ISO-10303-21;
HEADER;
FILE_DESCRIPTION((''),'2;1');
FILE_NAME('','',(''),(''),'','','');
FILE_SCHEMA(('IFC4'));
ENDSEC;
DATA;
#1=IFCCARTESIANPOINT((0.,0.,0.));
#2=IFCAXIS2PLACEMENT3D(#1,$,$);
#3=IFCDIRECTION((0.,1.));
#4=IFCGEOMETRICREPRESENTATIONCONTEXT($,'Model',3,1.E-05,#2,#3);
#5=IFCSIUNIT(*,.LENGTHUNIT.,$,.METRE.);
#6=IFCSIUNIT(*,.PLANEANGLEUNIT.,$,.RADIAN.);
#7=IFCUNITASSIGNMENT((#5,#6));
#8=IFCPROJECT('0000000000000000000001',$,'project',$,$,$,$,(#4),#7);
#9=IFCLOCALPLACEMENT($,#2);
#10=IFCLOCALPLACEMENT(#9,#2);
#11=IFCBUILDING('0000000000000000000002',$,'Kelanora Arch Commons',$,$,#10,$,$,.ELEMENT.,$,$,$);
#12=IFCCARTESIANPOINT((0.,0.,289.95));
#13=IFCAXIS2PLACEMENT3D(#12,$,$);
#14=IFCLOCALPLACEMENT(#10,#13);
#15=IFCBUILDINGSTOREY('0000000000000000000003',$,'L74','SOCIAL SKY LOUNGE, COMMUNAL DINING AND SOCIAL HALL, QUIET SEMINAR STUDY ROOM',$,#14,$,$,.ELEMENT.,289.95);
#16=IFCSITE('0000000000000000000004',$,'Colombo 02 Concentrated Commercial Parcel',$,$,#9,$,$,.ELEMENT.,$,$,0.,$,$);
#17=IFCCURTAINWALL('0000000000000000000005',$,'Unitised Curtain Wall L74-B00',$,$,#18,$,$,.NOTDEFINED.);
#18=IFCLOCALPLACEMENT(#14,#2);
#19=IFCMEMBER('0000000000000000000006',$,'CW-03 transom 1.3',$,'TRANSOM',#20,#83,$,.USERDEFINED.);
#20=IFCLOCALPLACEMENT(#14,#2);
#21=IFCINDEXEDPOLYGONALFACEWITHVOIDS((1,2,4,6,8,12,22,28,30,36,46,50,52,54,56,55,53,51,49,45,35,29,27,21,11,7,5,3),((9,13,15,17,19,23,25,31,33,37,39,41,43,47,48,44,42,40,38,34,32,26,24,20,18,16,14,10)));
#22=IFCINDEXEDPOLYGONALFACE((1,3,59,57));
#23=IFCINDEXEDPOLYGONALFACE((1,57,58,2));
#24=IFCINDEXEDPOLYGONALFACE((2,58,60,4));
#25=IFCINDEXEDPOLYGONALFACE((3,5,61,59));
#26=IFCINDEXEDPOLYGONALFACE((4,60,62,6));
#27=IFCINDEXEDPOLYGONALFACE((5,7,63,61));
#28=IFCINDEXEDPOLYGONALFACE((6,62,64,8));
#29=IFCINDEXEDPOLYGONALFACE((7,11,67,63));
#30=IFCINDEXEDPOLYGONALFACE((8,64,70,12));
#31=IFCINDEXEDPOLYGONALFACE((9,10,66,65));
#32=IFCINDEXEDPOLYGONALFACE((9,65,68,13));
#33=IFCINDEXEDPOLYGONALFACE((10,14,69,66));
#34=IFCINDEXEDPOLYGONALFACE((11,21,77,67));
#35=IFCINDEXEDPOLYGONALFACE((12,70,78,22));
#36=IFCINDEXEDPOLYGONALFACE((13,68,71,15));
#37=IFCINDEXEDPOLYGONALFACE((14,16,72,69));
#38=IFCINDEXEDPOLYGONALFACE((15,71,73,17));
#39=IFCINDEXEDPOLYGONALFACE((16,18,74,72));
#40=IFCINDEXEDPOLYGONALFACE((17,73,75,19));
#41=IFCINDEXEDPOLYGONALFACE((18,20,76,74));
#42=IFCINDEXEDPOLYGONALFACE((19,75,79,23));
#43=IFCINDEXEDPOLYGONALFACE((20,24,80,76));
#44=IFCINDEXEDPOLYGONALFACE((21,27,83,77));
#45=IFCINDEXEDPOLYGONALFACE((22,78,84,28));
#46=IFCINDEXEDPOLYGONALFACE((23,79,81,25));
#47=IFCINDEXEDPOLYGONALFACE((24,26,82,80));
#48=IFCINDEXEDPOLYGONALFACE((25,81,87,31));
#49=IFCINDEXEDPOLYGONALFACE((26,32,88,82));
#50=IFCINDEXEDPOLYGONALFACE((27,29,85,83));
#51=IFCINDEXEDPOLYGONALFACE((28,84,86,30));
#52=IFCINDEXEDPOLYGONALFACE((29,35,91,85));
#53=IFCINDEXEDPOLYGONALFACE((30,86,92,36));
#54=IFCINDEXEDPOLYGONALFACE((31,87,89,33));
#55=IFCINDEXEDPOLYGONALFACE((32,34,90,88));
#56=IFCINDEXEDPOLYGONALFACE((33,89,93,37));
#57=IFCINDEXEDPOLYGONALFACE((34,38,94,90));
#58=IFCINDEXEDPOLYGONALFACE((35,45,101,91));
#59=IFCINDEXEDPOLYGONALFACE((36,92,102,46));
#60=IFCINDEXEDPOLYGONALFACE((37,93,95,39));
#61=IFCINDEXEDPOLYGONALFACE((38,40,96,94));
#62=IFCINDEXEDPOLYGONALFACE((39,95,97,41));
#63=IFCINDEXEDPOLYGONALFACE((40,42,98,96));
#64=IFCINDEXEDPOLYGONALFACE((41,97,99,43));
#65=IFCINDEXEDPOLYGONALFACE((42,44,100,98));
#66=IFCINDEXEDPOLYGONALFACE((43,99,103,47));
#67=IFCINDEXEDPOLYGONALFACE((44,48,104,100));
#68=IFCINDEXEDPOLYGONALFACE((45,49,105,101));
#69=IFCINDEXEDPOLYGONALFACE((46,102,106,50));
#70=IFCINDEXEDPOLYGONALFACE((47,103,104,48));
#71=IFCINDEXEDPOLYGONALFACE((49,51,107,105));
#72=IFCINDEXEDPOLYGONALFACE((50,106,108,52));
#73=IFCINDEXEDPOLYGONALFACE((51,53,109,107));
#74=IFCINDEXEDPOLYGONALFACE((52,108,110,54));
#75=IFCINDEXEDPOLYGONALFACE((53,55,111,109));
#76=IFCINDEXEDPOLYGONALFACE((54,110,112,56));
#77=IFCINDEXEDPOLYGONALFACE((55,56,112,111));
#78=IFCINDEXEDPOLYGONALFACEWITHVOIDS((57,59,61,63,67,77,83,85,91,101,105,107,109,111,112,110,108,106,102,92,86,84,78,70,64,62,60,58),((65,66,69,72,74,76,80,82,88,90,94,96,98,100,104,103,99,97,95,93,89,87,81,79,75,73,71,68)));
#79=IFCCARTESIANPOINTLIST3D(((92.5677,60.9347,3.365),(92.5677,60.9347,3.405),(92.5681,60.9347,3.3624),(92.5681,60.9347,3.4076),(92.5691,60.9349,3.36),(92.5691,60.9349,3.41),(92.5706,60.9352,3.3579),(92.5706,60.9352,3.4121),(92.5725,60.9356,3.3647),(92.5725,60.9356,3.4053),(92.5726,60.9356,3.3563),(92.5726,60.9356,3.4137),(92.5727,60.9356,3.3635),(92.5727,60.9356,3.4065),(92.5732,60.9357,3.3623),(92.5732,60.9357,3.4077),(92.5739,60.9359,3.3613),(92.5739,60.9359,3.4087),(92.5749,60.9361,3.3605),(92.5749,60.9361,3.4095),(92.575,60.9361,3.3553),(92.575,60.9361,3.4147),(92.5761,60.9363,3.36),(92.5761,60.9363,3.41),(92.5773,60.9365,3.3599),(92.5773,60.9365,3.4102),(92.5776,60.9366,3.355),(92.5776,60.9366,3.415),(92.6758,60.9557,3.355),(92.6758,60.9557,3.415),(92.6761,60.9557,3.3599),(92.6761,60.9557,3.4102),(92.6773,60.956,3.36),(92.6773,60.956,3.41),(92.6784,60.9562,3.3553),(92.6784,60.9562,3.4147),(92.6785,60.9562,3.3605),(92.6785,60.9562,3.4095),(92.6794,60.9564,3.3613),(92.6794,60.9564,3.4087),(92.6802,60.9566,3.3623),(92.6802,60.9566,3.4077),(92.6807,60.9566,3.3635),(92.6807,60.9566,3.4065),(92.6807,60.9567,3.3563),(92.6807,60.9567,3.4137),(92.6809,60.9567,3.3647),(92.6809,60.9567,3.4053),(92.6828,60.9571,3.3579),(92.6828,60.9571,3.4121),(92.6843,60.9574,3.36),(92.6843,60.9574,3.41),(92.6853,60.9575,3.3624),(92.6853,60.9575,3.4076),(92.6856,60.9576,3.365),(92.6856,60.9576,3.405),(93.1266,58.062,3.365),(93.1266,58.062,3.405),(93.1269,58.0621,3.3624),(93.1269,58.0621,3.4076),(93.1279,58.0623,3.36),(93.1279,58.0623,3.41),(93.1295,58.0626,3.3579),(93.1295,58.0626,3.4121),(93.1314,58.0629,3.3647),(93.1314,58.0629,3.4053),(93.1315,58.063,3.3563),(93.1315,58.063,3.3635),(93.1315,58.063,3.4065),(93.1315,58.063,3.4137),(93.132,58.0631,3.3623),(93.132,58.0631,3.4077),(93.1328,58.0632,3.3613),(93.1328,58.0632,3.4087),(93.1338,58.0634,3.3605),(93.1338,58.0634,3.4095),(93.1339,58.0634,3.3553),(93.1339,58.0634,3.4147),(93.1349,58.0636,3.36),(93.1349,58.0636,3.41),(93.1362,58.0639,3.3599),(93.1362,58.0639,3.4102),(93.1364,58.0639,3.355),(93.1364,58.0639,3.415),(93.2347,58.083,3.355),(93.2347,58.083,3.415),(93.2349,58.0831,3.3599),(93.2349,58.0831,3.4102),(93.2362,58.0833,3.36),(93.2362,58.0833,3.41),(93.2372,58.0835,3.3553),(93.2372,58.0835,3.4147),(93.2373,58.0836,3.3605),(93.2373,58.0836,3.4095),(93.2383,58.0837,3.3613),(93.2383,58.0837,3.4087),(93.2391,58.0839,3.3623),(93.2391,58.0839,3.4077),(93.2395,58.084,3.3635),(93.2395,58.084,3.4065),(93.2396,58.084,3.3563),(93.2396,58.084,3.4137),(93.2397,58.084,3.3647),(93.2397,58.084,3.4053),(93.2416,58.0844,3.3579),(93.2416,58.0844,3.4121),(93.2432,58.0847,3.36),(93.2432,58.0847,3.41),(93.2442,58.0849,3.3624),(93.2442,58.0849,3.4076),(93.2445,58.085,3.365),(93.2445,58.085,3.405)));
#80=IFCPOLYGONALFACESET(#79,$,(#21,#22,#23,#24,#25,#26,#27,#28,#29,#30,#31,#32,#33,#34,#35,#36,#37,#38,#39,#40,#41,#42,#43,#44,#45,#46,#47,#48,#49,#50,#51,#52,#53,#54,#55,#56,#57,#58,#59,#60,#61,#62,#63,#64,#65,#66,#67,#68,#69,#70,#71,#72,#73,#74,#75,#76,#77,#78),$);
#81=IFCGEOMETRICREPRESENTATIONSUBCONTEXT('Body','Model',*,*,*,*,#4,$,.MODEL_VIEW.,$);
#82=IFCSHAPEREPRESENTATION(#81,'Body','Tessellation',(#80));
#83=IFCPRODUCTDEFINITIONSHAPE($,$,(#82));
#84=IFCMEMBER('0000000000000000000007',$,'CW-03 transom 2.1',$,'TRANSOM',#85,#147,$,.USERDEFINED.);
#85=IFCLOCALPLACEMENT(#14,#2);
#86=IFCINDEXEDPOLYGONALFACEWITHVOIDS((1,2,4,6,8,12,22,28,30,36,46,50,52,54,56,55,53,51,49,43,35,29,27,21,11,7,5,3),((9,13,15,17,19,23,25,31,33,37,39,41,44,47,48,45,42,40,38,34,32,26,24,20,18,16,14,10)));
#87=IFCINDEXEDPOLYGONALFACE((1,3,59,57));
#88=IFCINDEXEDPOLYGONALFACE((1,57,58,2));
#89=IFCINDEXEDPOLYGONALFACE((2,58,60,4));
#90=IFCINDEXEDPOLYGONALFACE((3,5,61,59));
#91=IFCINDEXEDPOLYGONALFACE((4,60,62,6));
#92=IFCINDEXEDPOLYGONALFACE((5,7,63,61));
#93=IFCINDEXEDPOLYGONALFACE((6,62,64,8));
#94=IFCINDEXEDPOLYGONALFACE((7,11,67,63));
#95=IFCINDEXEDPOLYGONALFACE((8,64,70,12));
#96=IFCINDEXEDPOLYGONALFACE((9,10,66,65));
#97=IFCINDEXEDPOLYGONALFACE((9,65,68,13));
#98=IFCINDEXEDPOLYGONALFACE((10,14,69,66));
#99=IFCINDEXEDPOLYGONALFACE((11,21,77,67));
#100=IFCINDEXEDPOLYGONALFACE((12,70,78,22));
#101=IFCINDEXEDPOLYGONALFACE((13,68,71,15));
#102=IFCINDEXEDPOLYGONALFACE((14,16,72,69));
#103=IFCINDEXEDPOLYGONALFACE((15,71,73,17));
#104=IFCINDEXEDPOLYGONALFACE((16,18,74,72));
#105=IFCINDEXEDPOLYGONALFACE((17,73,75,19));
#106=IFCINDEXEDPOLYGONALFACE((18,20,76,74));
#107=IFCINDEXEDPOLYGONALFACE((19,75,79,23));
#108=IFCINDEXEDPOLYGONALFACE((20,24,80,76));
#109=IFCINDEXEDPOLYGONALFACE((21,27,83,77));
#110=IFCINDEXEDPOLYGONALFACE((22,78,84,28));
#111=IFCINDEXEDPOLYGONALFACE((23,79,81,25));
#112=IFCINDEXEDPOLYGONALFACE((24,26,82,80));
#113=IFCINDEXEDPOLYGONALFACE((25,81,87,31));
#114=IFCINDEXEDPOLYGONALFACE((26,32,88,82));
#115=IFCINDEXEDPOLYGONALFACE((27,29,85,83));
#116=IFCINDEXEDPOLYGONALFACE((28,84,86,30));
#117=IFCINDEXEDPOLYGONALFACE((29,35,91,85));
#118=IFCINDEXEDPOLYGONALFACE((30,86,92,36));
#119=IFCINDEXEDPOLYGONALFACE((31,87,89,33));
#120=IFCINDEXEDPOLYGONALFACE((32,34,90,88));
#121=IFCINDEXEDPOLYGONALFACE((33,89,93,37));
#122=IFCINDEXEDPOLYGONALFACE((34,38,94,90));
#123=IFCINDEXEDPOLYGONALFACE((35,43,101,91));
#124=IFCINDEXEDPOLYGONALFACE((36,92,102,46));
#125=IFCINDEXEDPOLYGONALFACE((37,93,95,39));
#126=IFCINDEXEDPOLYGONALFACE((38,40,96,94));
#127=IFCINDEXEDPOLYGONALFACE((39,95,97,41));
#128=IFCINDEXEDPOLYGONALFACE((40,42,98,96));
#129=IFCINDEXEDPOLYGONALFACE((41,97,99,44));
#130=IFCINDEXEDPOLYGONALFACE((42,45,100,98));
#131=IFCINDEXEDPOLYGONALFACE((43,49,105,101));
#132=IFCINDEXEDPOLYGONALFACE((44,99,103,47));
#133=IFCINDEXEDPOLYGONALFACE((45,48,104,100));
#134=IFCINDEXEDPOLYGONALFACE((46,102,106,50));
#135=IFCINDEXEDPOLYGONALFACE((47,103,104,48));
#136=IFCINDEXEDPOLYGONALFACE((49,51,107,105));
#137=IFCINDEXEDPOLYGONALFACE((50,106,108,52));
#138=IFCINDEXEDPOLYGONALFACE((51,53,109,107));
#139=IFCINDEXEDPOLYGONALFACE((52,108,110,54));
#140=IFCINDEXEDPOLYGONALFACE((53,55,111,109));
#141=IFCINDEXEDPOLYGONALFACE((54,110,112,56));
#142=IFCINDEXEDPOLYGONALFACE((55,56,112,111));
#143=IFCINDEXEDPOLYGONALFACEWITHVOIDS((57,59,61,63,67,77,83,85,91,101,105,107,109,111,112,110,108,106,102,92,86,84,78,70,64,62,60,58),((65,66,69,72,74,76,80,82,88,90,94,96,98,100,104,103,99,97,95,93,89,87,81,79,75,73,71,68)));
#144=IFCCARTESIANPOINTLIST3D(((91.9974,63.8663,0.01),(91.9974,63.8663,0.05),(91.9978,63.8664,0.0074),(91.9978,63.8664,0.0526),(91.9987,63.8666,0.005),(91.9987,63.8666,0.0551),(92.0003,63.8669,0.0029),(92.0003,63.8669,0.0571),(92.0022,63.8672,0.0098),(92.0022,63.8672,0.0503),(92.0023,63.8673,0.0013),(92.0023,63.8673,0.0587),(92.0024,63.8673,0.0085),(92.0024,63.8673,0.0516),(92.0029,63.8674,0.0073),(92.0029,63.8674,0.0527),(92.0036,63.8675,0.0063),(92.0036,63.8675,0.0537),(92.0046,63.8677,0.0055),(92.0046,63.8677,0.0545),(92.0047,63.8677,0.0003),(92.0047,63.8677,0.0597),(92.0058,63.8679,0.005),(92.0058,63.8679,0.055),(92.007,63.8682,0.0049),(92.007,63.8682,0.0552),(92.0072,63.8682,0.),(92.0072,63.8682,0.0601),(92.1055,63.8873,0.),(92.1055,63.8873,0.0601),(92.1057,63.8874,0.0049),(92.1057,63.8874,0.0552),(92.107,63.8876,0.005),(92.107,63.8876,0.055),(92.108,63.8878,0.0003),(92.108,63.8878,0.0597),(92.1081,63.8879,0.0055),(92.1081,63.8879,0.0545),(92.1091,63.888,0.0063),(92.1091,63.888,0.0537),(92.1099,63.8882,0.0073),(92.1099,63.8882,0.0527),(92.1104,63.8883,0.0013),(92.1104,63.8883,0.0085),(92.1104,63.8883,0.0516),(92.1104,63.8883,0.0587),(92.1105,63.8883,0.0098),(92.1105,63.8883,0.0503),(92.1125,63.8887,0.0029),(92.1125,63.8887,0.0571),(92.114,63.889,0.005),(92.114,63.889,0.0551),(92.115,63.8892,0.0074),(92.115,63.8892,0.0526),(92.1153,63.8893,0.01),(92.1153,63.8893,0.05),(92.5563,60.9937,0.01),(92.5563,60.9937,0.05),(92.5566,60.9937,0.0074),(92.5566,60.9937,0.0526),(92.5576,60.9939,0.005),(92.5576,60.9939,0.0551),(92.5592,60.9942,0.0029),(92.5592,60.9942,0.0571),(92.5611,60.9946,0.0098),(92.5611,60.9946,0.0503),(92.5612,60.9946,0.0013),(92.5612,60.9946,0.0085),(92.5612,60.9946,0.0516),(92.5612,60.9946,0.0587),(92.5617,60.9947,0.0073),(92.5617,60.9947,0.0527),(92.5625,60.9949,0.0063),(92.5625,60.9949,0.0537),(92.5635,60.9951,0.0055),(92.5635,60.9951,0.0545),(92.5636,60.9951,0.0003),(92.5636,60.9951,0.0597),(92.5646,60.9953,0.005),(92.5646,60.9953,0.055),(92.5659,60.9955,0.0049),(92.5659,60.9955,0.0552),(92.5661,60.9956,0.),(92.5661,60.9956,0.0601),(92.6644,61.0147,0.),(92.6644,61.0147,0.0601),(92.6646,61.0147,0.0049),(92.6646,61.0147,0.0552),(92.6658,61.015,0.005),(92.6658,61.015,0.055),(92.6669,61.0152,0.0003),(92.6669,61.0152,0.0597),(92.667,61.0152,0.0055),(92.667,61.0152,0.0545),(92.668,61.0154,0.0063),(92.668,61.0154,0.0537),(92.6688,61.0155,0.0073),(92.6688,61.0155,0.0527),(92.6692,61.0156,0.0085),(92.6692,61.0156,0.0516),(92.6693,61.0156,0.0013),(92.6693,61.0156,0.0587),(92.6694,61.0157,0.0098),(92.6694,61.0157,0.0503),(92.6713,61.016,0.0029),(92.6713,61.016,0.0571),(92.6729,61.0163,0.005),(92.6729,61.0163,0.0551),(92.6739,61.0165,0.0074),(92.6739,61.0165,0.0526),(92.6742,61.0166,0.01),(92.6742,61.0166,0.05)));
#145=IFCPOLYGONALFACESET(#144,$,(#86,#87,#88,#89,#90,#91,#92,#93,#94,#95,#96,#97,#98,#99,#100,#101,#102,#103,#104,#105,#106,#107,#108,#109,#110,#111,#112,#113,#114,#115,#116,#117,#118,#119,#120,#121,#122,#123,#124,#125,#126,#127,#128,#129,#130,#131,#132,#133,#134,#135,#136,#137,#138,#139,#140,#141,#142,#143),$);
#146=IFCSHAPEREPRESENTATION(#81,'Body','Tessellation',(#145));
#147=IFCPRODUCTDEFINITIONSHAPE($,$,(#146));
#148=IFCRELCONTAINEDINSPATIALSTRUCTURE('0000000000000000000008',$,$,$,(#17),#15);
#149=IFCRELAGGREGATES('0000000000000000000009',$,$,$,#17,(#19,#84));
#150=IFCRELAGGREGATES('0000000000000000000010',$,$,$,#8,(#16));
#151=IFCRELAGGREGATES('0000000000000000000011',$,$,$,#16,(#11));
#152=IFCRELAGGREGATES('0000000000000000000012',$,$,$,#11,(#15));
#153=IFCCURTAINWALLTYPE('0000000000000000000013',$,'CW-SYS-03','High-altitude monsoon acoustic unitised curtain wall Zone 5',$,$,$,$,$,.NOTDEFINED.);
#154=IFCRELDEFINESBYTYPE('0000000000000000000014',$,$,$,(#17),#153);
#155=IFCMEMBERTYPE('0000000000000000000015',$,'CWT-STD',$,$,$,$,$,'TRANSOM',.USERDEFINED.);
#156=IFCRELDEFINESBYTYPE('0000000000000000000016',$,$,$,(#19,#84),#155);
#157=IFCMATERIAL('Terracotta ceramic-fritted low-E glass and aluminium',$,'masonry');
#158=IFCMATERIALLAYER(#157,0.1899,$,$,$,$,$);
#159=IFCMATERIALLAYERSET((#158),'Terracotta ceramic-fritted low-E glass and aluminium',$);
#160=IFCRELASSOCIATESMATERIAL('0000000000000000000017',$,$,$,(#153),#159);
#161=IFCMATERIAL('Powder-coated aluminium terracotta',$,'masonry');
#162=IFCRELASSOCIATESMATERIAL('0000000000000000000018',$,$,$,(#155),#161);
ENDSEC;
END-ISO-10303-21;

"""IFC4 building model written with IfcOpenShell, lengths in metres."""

from ifc_helpers import new_model, si_unit, direction, frame, origin, origin_2d, place, context, subcontext, project, spatial, hollow_rectangle, extrude, material, layer, layer_set, material_profile, profile_set, type_object, element, aggregate, save


model = new_model("IFC4")

# Units and contexts
model_context = context("Model", 3, precision=1e-05, world=origin(), true_north=direction((0.0, 1.0)))
body_context = subcontext(model_context, "Body", "Model", "MODEL_VIEW")
ifc_project = project(units=[si_unit("LENGTHUNIT", "METRE"), si_unit("PLANEANGLEUNIT", "RADIAN")], contexts=[model_context])

# Site, building, storey
site_placement = place(None, origin())
site = spatial("IfcSite", under=ifc_project, at=site_placement, Name="Colombo 02 Concentrated Commercial Parcel", CompositionType="ELEMENT", RefElevation=0.0)
building_placement = place(site_placement, origin())
building = spatial("IfcBuilding", under=site, at=building_placement, Name="Kelanora Arch Commons", CompositionType="ELEMENT")
storey_placement = place(building_placement, frame((0.0, 0.0, 289.95)))
storey = spatial("IfcBuildingStorey", under=building, at=storey_placement, Name="L74", Description="SOCIAL SKY LOUNGE, COMMUNAL DINING AND SOCIAL HALL, QUIET SEMINAR STUDY ROOM", CompositionType="ELEMENT", Elevation=289.95)

# Curtain wall, members
ifc_material_1 = material(Name="Terracotta ceramic-fritted low-E glass and aluminium", Category="masonry")
ifc_layer_1 = layer(ifc_material_1, 0.1899)
ifc_layer_set_1 = layer_set([ifc_layer_1], Name="Terracotta ceramic-fritted low-E glass and aluminium")
curtain_wall_type = type_object("IfcCurtainWallType", Name="CW-SYS-03", Description="High-altitude monsoon acoustic unitised curtain wall Zone 5", PredefinedType="NOTDEFINED", material=ifc_layer_set_1)
curtain_wall_placement = place(storey_placement, origin())
curtain_wall = element("IfcCurtainWall", 1, at=curtain_wall_placement, inside=storey, type_object=curtain_wall_type, Name="Unitised Curtain Wall L74-B00", PredefinedType="NOTDEFINED")
ifc_material_2 = material(Name="Powder-coated aluminium terracotta", Category="masonry")
ifc_material_profile_1 = material_profile(ifc_material_2, hollow_rectangle(XDim=0.1201, YDim=0.0601, WallThickness=0.0049, InnerFilletRadius=0.0049, OuterFilletRadius=0.01, at=origin_2d()), Name="CWT120x60")
ifc_profile_set_1 = profile_set([ifc_material_profile_1], Name="Powder-coated aluminium terracotta")
member_type_1 = type_object("IfcMemberType", Name="CWT-STD", ElementType="TRANSOM", PredefinedType="USERDEFINED", material=ifc_profile_set_1)
member_1_placement = place(storey_placement, frame((93.1855, 58.0735, 3.385), z_axis=(-0.190963, 0.981597, 0.0), x_axis=(-0.981597, -0.190963, 0.0)))
member_1 = element("IfcMember", 2, at=member_1_placement, type_object=member_type_1, Name="CW-03 transom 1.3", ObjectType="TRANSOM", PredefinedType="USERDEFINED", context=body_context, shape_type="SweptSolid", body=[
    extrude(hollow_rectangle(XDim=0.1201, YDim=0.0601, WallThickness=0.0049, InnerFilletRadius=0.0049, OuterFilletRadius=0.01, at=origin_2d()), origin(), (0.0, 0.0, 1.0), 2.9265),
])
member_2_placement = place(storey_placement, frame((92.6152, 61.0051, 0.03), z_axis=(-0.190963, 0.981597, 0.0), x_axis=(-0.981597, -0.190963, 0.0)))
member_2 = element("IfcMember", 3, at=member_2_placement, type_object=member_type_1, Name="CW-03 transom 2.1", ObjectType="TRANSOM", PredefinedType="USERDEFINED", context=body_context, shape_type="SweptSolid", body=[
    extrude(hollow_rectangle(XDim=0.1201, YDim=0.0601, WallThickness=0.0049, InnerFilletRadius=0.0049, OuterFilletRadius=0.01, at=origin_2d()), origin(), (0.0, 0.0, 1.0), 2.9265),
])
aggregate(curtain_wall, [member_1, member_2])

save(model, "model.ifc")
